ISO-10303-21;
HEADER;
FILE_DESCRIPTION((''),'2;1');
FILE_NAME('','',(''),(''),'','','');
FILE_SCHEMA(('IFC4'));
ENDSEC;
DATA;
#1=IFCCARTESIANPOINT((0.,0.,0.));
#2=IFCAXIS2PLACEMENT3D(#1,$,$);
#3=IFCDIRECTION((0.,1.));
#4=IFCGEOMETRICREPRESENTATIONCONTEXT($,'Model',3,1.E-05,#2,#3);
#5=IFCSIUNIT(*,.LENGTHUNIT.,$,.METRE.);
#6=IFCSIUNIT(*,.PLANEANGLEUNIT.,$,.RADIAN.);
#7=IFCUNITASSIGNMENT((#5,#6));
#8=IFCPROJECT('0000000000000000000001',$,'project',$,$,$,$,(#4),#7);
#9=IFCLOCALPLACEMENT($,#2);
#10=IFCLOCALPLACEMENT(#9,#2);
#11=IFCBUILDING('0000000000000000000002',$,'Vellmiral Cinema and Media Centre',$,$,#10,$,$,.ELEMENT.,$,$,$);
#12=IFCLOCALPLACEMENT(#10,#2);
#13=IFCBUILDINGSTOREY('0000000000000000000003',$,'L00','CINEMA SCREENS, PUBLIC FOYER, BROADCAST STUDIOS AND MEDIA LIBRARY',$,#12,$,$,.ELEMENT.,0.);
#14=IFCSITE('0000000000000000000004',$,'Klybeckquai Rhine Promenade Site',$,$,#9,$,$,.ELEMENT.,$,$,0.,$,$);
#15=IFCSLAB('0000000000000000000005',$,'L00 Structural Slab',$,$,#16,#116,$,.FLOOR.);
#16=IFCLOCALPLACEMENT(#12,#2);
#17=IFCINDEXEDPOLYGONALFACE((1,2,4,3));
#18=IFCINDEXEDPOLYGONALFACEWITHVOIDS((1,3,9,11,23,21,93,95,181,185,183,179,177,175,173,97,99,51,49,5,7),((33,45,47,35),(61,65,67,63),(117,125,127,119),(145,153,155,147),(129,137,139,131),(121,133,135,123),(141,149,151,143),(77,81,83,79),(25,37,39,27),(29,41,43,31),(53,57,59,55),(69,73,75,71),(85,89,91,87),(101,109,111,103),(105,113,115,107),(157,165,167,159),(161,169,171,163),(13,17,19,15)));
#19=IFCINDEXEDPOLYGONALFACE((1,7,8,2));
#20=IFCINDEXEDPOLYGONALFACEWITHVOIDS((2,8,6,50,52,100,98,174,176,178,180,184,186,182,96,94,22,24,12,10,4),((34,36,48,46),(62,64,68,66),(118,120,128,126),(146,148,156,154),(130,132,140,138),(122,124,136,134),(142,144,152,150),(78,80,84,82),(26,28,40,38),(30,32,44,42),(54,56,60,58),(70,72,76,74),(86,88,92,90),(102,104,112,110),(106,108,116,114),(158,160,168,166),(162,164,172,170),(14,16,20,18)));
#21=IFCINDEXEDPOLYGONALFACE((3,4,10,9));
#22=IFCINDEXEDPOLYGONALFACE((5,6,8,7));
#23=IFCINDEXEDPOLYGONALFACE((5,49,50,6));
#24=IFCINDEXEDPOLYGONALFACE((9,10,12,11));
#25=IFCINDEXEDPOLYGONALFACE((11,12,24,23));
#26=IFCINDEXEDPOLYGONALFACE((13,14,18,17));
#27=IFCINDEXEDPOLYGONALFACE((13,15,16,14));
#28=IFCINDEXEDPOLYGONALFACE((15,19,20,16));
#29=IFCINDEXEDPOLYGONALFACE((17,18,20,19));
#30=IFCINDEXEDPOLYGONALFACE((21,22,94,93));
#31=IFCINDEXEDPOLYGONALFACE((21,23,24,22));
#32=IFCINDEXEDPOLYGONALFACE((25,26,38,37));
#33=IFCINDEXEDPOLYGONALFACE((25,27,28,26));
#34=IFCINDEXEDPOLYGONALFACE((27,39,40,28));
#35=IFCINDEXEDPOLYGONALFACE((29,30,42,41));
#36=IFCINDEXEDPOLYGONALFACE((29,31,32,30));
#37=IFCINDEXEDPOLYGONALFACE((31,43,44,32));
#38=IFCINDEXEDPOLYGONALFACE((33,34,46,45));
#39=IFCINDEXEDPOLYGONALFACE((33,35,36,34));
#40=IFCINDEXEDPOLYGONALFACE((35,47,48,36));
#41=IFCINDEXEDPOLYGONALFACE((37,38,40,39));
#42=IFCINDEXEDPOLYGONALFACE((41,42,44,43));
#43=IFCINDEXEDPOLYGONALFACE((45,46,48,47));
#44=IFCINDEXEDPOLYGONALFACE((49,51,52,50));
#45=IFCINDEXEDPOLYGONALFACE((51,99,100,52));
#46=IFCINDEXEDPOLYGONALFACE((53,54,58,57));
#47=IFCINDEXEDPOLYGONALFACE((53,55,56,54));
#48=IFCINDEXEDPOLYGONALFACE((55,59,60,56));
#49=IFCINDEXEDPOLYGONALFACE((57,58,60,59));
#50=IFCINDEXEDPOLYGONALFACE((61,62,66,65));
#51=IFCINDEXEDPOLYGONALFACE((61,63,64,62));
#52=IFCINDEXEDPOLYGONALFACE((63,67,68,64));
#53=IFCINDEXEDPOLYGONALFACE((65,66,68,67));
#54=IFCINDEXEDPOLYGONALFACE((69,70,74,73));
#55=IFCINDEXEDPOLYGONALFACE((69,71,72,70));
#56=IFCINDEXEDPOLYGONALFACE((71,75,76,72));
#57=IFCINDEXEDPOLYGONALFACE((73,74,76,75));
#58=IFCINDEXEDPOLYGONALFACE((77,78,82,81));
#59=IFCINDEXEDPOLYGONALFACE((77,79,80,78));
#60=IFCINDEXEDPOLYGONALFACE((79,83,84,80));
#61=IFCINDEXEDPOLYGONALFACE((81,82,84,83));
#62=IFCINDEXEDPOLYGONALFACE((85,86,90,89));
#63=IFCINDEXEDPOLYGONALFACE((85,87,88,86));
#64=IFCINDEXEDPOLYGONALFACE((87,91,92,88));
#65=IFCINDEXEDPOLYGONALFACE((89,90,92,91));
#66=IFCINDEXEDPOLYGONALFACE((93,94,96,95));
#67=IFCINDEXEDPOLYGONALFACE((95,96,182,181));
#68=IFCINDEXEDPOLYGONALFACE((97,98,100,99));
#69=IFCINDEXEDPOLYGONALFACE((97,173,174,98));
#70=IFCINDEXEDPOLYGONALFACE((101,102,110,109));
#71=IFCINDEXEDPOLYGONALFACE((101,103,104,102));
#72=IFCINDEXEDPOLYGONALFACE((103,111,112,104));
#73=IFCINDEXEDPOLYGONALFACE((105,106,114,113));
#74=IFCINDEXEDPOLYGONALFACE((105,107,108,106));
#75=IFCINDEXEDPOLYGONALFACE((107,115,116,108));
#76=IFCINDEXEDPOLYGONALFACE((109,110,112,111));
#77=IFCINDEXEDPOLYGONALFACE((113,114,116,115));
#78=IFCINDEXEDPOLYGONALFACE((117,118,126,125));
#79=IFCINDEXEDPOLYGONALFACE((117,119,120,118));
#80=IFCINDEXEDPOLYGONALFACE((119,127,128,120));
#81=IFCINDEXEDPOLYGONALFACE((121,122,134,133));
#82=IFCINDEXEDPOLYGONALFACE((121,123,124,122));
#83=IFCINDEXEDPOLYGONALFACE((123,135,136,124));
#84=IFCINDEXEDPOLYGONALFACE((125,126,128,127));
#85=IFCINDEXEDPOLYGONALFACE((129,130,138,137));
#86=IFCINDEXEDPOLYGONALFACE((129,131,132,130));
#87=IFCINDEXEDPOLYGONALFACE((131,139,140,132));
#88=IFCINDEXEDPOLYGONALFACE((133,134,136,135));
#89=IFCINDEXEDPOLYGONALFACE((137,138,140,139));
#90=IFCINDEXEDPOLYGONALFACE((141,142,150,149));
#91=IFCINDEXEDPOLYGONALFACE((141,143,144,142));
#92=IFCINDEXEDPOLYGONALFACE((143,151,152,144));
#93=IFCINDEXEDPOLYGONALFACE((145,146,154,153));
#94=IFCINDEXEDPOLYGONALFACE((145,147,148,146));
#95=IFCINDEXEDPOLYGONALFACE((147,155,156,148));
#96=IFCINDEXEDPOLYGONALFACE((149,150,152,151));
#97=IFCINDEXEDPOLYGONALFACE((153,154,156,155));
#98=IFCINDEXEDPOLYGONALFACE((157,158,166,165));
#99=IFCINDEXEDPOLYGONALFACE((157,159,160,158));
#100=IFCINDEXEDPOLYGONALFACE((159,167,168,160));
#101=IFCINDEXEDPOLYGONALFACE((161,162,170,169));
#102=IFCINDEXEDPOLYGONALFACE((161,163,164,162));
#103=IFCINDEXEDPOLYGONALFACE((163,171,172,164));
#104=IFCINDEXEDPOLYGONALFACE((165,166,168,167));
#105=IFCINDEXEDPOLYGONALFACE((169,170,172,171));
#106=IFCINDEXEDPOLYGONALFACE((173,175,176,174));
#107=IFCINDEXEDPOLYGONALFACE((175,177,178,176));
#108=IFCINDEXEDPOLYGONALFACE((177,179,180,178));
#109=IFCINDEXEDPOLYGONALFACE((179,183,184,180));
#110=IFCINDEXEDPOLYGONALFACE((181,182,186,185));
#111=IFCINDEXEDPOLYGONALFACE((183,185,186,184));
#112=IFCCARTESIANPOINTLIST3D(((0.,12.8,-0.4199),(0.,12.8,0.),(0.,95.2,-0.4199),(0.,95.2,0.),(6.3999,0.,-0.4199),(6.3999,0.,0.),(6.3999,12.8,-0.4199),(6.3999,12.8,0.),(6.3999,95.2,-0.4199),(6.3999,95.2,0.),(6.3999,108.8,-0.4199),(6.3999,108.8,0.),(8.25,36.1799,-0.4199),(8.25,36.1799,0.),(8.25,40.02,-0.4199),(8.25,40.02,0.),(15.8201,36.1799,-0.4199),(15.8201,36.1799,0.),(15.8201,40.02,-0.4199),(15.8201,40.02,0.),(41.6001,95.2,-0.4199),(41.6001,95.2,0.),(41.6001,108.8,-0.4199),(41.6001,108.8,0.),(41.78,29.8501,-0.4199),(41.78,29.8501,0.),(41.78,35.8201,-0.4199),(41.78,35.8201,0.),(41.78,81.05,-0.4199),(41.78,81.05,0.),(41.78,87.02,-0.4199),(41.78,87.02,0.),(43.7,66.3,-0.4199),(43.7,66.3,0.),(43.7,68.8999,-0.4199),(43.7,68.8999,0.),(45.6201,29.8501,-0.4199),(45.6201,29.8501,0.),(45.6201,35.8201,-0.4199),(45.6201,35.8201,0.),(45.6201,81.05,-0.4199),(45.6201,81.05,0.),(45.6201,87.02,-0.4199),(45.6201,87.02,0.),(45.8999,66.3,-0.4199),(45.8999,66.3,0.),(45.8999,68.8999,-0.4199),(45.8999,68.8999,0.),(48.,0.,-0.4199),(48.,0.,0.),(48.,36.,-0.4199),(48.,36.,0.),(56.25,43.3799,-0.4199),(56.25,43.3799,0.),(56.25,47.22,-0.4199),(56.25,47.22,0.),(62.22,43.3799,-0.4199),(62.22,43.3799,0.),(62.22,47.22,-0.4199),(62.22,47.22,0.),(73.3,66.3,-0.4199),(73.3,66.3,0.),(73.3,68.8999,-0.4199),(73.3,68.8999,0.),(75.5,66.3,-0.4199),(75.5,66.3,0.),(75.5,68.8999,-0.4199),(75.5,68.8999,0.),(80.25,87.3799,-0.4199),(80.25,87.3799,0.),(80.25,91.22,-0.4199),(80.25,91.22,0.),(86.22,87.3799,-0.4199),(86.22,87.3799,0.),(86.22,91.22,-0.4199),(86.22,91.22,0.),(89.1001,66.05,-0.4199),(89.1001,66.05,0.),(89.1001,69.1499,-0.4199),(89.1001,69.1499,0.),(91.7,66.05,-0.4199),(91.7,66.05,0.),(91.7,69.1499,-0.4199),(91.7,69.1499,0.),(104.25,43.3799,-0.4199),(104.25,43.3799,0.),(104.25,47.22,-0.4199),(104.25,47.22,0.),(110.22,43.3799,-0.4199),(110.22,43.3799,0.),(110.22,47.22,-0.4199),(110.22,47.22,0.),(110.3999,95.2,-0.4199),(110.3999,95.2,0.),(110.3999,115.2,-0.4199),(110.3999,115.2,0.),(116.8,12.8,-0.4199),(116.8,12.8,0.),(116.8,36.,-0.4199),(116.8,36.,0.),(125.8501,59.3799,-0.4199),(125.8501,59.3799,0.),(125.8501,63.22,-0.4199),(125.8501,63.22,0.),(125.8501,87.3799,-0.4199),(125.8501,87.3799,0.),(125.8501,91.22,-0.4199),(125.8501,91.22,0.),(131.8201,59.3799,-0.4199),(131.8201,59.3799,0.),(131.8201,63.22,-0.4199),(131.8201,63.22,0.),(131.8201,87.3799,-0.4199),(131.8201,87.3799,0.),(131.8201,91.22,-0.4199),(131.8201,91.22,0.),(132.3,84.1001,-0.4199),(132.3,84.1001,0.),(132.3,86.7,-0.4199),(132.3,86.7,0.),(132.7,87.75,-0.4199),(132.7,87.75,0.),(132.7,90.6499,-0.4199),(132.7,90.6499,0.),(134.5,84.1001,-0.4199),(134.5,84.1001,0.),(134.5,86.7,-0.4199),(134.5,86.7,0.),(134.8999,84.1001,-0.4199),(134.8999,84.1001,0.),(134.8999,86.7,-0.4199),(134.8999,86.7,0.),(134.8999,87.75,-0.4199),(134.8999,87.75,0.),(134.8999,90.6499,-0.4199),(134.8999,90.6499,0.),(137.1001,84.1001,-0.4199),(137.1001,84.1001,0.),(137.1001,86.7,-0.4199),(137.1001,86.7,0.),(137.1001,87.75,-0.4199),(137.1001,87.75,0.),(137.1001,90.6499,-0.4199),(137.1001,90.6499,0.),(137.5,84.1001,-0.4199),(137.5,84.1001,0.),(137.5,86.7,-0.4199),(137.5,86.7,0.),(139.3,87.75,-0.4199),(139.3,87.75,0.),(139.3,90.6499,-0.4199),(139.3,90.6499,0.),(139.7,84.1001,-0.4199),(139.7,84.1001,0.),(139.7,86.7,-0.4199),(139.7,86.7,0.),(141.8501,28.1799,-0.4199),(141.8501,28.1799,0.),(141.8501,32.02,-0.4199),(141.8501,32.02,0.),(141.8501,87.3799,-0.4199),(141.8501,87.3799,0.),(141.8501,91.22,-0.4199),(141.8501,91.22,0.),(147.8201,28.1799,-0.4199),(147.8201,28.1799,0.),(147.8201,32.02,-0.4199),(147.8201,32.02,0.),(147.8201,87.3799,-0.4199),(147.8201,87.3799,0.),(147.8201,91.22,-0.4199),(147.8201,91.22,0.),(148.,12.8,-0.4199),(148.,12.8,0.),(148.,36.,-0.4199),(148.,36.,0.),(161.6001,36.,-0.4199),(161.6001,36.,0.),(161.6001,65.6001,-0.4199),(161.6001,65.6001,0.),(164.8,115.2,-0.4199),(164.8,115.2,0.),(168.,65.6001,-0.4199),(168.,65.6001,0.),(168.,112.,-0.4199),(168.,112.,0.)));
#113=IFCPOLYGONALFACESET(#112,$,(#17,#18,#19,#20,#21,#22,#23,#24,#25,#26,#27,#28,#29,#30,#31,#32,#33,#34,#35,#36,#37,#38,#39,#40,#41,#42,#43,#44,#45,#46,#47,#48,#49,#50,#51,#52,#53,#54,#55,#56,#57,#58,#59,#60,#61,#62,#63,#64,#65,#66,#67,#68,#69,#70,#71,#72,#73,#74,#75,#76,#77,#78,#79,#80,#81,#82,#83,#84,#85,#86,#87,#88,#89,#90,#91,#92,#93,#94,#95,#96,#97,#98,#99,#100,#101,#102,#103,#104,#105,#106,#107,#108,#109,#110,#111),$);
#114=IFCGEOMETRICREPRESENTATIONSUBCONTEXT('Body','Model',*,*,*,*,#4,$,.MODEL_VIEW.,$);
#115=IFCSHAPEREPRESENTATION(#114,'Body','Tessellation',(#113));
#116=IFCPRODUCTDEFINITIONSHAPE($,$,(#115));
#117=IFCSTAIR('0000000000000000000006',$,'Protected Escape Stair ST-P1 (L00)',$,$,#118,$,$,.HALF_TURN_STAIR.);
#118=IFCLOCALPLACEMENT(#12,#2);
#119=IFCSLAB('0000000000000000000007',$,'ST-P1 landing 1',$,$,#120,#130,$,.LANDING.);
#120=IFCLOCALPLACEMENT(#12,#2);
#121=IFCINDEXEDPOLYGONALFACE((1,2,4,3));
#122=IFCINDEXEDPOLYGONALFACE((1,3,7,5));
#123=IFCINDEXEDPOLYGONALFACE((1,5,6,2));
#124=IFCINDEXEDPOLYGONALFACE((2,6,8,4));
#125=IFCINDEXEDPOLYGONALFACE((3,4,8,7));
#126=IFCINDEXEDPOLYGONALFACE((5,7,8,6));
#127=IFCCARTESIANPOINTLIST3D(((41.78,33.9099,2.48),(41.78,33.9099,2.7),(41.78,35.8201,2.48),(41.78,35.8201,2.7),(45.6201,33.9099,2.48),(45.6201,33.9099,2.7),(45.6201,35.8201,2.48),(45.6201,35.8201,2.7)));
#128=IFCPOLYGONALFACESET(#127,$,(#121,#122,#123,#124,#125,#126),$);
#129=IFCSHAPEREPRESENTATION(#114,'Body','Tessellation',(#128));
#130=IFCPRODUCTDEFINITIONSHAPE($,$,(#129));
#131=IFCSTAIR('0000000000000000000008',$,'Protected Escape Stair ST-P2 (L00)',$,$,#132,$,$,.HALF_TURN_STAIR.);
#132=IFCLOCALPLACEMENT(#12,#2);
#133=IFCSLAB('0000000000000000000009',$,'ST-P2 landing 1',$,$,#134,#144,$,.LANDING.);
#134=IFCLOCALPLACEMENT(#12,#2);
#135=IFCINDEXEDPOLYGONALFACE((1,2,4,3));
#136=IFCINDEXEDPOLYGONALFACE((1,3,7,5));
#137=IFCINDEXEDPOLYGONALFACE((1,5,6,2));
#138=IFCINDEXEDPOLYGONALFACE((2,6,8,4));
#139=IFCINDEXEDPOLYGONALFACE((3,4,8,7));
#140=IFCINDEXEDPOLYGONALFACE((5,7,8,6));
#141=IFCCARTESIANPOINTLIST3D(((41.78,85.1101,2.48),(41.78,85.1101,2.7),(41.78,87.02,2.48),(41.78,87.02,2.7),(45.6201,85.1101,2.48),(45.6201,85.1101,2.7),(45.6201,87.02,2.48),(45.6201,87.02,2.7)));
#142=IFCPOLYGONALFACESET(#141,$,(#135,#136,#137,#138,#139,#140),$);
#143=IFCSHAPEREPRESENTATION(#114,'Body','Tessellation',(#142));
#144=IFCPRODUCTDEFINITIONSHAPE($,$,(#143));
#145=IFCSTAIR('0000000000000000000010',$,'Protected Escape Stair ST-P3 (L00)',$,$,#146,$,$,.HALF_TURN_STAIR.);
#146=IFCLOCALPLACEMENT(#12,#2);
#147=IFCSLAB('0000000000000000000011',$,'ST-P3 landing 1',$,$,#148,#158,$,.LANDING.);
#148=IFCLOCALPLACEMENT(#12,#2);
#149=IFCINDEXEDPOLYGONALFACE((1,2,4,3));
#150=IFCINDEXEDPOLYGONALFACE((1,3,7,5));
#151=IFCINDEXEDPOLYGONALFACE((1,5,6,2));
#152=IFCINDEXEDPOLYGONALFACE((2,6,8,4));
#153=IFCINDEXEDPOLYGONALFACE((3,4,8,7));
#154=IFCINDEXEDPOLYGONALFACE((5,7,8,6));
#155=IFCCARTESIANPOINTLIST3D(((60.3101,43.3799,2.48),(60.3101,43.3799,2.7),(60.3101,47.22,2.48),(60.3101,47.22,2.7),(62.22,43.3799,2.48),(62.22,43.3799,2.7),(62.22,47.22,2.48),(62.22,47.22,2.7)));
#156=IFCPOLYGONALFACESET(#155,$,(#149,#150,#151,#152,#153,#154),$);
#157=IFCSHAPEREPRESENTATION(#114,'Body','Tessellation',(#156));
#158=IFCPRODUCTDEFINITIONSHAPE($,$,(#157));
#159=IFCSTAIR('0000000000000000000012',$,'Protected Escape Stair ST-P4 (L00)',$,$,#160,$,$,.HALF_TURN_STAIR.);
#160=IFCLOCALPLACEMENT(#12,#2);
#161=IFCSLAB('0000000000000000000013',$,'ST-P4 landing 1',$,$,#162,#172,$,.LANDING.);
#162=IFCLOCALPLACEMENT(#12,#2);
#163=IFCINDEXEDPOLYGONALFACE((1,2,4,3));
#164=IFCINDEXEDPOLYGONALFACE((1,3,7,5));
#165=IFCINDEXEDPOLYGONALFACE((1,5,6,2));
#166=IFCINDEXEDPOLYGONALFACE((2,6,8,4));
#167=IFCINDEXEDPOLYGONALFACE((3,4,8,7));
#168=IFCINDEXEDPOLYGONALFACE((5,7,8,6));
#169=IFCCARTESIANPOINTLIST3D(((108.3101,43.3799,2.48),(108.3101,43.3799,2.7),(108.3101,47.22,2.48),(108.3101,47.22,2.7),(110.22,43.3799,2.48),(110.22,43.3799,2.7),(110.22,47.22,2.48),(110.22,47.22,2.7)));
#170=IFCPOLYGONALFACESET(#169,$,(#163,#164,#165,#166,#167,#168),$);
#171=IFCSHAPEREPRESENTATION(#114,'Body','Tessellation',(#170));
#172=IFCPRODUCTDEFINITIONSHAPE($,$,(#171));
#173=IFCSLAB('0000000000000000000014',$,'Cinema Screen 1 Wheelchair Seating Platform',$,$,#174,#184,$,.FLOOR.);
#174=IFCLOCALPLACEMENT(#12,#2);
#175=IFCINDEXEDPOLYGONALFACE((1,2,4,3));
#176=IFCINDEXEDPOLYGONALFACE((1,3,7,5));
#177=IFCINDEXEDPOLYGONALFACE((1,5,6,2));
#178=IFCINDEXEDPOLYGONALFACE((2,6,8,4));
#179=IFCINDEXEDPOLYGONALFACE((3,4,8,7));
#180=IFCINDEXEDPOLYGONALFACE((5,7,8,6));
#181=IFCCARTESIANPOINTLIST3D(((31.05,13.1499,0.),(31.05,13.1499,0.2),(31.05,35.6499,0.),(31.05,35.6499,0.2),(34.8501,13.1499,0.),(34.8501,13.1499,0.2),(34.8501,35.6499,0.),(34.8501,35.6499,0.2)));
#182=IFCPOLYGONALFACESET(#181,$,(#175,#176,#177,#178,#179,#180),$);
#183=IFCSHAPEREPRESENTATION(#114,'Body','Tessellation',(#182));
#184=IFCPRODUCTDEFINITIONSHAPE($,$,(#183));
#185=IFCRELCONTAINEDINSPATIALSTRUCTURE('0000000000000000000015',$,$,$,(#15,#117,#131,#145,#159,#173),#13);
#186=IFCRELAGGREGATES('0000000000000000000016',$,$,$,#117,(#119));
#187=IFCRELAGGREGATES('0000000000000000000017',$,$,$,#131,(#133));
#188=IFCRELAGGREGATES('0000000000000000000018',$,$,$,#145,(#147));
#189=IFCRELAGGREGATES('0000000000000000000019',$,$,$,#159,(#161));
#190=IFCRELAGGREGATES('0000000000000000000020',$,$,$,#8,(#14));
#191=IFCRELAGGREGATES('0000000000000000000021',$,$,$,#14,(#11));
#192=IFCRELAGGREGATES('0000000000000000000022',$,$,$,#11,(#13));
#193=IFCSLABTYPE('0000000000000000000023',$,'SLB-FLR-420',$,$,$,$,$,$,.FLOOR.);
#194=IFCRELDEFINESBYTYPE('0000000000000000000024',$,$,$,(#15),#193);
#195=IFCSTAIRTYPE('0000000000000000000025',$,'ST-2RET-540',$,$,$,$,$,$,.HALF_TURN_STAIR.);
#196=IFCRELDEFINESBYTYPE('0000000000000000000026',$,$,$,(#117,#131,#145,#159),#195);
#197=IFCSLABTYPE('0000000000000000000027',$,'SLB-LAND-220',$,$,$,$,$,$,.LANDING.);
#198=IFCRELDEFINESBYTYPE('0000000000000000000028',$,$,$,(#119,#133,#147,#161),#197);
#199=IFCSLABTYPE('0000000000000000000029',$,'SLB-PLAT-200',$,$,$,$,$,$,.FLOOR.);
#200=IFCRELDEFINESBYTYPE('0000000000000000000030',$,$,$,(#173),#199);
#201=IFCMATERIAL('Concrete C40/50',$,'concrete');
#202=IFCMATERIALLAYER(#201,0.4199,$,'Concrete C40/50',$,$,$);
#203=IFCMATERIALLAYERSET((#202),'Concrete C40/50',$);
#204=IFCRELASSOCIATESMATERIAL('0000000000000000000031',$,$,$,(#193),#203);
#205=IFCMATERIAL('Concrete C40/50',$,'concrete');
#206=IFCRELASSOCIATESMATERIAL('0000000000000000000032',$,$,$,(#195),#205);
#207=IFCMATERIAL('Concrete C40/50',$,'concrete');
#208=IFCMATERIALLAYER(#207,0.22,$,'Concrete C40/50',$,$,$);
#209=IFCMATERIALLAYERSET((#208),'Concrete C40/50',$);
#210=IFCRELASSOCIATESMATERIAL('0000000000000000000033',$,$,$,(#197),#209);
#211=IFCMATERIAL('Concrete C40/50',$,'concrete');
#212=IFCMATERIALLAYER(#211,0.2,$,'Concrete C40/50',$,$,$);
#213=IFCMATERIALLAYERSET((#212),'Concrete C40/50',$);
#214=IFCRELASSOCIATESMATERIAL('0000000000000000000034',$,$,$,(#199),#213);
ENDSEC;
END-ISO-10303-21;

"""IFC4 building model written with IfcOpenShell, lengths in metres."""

from ifc_helpers import new_model, si_unit, direction, frame, origin, place, context, subcontext, project, spatial, polyline, outline, extrude, material, layer, layer_set, type_object, element, aggregate, save


model = new_model("IFC4")

# Units and contexts
model_context = context("Model", 3, precision=1e-05, world=origin(), true_north=direction((0.0, 1.0)))
body_context = subcontext(model_context, "Body", "Model", "MODEL_VIEW")
ifc_project = project(units=[si_unit("LENGTHUNIT", "METRE"), si_unit("PLANEANGLEUNIT", "RADIAN")], contexts=[model_context])

# Site, building, storey
site_placement = place(None, origin())
site = spatial("IfcSite", under=ifc_project, at=site_placement, Name="Klybeckquai Rhine Promenade Site", CompositionType="ELEMENT", RefElevation=0.0)
building_placement = place(site_placement, origin())
building = spatial("IfcBuilding", under=site, at=building_placement, Name="Vellmiral Cinema and Media Centre", CompositionType="ELEMENT")
storey_placement = place(building_placement, origin())
storey = spatial("IfcBuildingStorey", under=building, at=storey_placement, Name="L00", Description="CINEMA SCREENS, PUBLIC FOYER, BROADCAST STUDIOS AND MEDIA LIBRARY", CompositionType="ELEMENT", Elevation=0.0)

# Slab
ifc_material_1 = material(Name="Concrete C40/50", Category="concrete")
ifc_layer_1 = layer(ifc_material_1, 0.4199, Name="Concrete C40/50")
ifc_layer_set_1 = layer_set([ifc_layer_1], Name="Concrete C40/50")
slab_type_1 = type_object("IfcSlabType", Name="SLB-FLR-420", PredefinedType="FLOOR", material=ifc_layer_set_1)
slab_1_placement = place(storey_placement, frame((0.0, 0.0, -0.4199)))
element("IfcSlab", 1, at=slab_1_placement, inside=storey, type_object=slab_type_1, Name="L00 Structural Slab", PredefinedType="FLOOR", context=body_context, shape_type="SweptSolid", body=[
    extrude(outline(polyline([(6.3999, 0.0), (48.0, 0.0), (48.0, 36.0), (116.8, 36.0), (116.8, 12.8), (148.0, 12.8), (148.0, 36.0), (161.6001, 36.0), (161.6001, 65.6001), (168.0, 65.6001), (168.0, 112.0), (164.8, 115.2), (110.3999, 115.2), (110.3999, 95.2), (41.6001, 95.2), (41.6001, 108.8), (6.3999, 108.8), (6.3999, 95.2), (0.0, 95.2), (0.0, 12.8), (6.3999, 12.8), (6.3999, 0.0)]), holes=[polyline([(41.78, 29.8501), (45.6201, 29.8501), (45.6201, 35.8201), (41.78, 35.8201), (41.78, 29.8501)]), polyline([(41.78, 81.05), (45.6201, 81.05), (45.6201, 87.02), (41.78, 87.02), (41.78, 81.05)]), polyline([(56.25, 43.3799), (62.22, 43.3799), (62.22, 47.22), (56.25, 47.22), (56.25, 43.3799)]), polyline([(104.25, 43.3799), (110.22, 43.3799), (110.22, 47.22), (104.25, 47.22), (104.25, 43.3799)]), polyline([(80.25, 87.3799), (86.22, 87.3799), (86.22, 91.22), (80.25, 91.22), (80.25, 87.3799)]), polyline([(125.8501, 59.3799), (131.8201, 59.3799), (131.8201, 63.22), (125.8501, 63.22), (125.8501, 59.3799)]), polyline([(8.25, 36.1799), (15.8201, 36.1799), (15.8201, 40.02), (8.25, 40.02), (8.25, 36.1799)]), polyline([(141.8501, 28.1799), (147.8201, 28.1799), (147.8201, 32.02), (141.8501, 32.02), (141.8501, 28.1799)]), polyline([(125.8501, 87.3799), (131.8201, 87.3799), (131.8201, 91.22), (125.8501, 91.22), (125.8501, 87.3799)]), polyline([(141.8501, 87.3799), (147.8201, 87.3799), (147.8201, 91.22), (141.8501, 91.22), (141.8501, 87.3799)]), polyline([(132.7, 87.75), (134.8999, 87.75), (134.8999, 90.6499), (132.7, 90.6499), (132.7, 87.75)]), polyline([(137.1001, 87.75), (139.3, 87.75), (139.3, 90.6499), (137.1001, 90.6499), (137.1001, 87.75)]), polyline([(132.3, 84.1001), (134.5, 84.1001), (134.5, 86.7), (132.3, 86.7), (132.3, 84.1001)]), polyline([(134.8999, 84.1001), (137.1001, 84.1001), (137.1001, 86.7), (134.8999, 86.7), (134.8999, 84.1001)]), polyline([(137.5, 84.1001), (139.7, 84.1001), (139.7, 86.7), (137.5, 86.7), (137.5, 84.1001)]), polyline([(43.7, 66.3), (45.8999, 66.3), (45.8999, 68.8999), (43.7, 68.8999), (43.7, 66.3)]), polyline([(73.3, 66.3), (75.5, 66.3), (75.5, 68.8999), (73.3, 68.8999), (73.3, 66.3)]), polyline([(89.1001, 66.05), (91.7, 66.05), (91.7, 69.1499), (89.1001, 69.1499), (89.1001, 66.05)])]), origin(), (0.0, 0.0, 1.0), 0.4199),
])

# Stairs, slabs
ifc_material_2 = material(Name="Concrete C40/50", Category="concrete")
stair_type = type_object("IfcStairType", Name="ST-2RET-540", PredefinedType="HALF_TURN_STAIR", material=ifc_material_2)
stair_1_placement = place(storey_placement, origin())
stair_1 = element("IfcStair", 2, at=stair_1_placement, inside=storey, type_object=stair_type, Name="Protected Escape Stair ST-P1 (L00)", PredefinedType="HALF_TURN_STAIR")
ifc_material_3 = material(Name="Concrete C40/50", Category="concrete")
ifc_layer_2 = layer(ifc_material_3, 0.22, Name="Concrete C40/50")
ifc_layer_set_2 = layer_set([ifc_layer_2], Name="Concrete C40/50")
slab_type_2 = type_object("IfcSlabType", Name="SLB-LAND-220", PredefinedType="LANDING", material=ifc_layer_set_2)
slab_2_placement = place(storey_placement, frame((0.0, 0.0, 2.48)))
slab_2 = element("IfcSlab", 3, at=slab_2_placement, type_object=slab_type_2, Name="ST-P1 landing 1", PredefinedType="LANDING", context=body_context, shape_type="SweptSolid", body=[
    extrude(outline(polyline([(41.78, 33.9099), (45.6201, 33.9099), (45.6201, 35.8201), (41.78, 35.8201), (41.78, 33.9099)])), origin(), (0.0, 0.0, 1.0), 0.22),
])
aggregate(stair_1, [slab_2])
stair_2_placement = place(storey_placement, origin())
stair_2 = element("IfcStair", 4, at=stair_2_placement, inside=storey, type_object=stair_type, Name="Protected Escape Stair ST-P2 (L00)", PredefinedType="HALF_TURN_STAIR")
slab_3_placement = place(storey_placement, frame((0.0, 0.0, 2.48)))
slab_3 = element("IfcSlab", 5, at=slab_3_placement, type_object=slab_type_2, Name="ST-P2 landing 1", PredefinedType="LANDING", context=body_context, shape_type="SweptSolid", body=[
    extrude(outline(polyline([(41.78, 85.1101), (45.6201, 85.1101), (45.6201, 87.02), (41.78, 87.02), (41.78, 85.1101)])), origin(), (0.0, 0.0, 1.0), 0.22),
])
aggregate(stair_2, [slab_3])
stair_3_placement = place(storey_placement, origin())
stair_3 = element("IfcStair", 6, at=stair_3_placement, inside=storey, type_object=stair_type, Name="Protected Escape Stair ST-P3 (L00)", PredefinedType="HALF_TURN_STAIR")
slab_4_placement = place(storey_placement, frame((0.0, 0.0, 2.48)))
slab_4 = element("IfcSlab", 7, at=slab_4_placement, type_object=slab_type_2, Name="ST-P3 landing 1", PredefinedType="LANDING", context=body_context, shape_type="SweptSolid", body=[
    extrude(outline(polyline([(60.3101, 43.3799), (62.22, 43.3799), (62.22, 47.22), (60.3101, 47.22), (60.3101, 43.3799)])), origin(), (0.0, 0.0, 1.0), 0.22),
])
aggregate(stair_3, [slab_4])
stair_4_placement = place(storey_placement, origin())
stair_4 = element("IfcStair", 8, at=stair_4_placement, inside=storey, type_object=stair_type, Name="Protected Escape Stair ST-P4 (L00)", PredefinedType="HALF_TURN_STAIR")
slab_5_placement = place(storey_placement, frame((0.0, 0.0, 2.48)))
slab_5 = element("IfcSlab", 9, at=slab_5_placement, type_object=slab_type_2, Name="ST-P4 landing 1", PredefinedType="LANDING", context=body_context, shape_type="SweptSolid", body=[
    extrude(outline(polyline([(108.3101, 43.3799), (110.22, 43.3799), (110.22, 47.22), (108.3101, 47.22), (108.3101, 43.3799)])), origin(), (0.0, 0.0, 1.0), 0.22),
])
aggregate(stair_4, [slab_5])

# Slab
ifc_material_4 = material(Name="Concrete C40/50", Category="concrete")
ifc_layer_3 = layer(ifc_material_4, 0.2, Name="Concrete C40/50")
ifc_layer_set_3 = layer_set([ifc_layer_3], Name="Concrete C40/50")
slab_type_3 = type_object("IfcSlabType", Name="SLB-PLAT-200", PredefinedType="FLOOR", material=ifc_layer_set_3)
slab_6_placement = place(storey_placement, origin())
element("IfcSlab", 10, at=slab_6_placement, inside=storey, type_object=slab_type_3, Name="Cinema Screen 1 Wheelchair Seating Platform", PredefinedType="FLOOR", context=body_context, shape_type="SweptSolid", body=[
    extrude(outline(polyline([(31.05, 13.1499), (34.8501, 13.1499), (34.8501, 35.6499), (31.05, 35.6499), (31.05, 13.1499)])), origin(), (0.0, 0.0, 1.0), 0.2),
])

save(model, "model.ifc")
